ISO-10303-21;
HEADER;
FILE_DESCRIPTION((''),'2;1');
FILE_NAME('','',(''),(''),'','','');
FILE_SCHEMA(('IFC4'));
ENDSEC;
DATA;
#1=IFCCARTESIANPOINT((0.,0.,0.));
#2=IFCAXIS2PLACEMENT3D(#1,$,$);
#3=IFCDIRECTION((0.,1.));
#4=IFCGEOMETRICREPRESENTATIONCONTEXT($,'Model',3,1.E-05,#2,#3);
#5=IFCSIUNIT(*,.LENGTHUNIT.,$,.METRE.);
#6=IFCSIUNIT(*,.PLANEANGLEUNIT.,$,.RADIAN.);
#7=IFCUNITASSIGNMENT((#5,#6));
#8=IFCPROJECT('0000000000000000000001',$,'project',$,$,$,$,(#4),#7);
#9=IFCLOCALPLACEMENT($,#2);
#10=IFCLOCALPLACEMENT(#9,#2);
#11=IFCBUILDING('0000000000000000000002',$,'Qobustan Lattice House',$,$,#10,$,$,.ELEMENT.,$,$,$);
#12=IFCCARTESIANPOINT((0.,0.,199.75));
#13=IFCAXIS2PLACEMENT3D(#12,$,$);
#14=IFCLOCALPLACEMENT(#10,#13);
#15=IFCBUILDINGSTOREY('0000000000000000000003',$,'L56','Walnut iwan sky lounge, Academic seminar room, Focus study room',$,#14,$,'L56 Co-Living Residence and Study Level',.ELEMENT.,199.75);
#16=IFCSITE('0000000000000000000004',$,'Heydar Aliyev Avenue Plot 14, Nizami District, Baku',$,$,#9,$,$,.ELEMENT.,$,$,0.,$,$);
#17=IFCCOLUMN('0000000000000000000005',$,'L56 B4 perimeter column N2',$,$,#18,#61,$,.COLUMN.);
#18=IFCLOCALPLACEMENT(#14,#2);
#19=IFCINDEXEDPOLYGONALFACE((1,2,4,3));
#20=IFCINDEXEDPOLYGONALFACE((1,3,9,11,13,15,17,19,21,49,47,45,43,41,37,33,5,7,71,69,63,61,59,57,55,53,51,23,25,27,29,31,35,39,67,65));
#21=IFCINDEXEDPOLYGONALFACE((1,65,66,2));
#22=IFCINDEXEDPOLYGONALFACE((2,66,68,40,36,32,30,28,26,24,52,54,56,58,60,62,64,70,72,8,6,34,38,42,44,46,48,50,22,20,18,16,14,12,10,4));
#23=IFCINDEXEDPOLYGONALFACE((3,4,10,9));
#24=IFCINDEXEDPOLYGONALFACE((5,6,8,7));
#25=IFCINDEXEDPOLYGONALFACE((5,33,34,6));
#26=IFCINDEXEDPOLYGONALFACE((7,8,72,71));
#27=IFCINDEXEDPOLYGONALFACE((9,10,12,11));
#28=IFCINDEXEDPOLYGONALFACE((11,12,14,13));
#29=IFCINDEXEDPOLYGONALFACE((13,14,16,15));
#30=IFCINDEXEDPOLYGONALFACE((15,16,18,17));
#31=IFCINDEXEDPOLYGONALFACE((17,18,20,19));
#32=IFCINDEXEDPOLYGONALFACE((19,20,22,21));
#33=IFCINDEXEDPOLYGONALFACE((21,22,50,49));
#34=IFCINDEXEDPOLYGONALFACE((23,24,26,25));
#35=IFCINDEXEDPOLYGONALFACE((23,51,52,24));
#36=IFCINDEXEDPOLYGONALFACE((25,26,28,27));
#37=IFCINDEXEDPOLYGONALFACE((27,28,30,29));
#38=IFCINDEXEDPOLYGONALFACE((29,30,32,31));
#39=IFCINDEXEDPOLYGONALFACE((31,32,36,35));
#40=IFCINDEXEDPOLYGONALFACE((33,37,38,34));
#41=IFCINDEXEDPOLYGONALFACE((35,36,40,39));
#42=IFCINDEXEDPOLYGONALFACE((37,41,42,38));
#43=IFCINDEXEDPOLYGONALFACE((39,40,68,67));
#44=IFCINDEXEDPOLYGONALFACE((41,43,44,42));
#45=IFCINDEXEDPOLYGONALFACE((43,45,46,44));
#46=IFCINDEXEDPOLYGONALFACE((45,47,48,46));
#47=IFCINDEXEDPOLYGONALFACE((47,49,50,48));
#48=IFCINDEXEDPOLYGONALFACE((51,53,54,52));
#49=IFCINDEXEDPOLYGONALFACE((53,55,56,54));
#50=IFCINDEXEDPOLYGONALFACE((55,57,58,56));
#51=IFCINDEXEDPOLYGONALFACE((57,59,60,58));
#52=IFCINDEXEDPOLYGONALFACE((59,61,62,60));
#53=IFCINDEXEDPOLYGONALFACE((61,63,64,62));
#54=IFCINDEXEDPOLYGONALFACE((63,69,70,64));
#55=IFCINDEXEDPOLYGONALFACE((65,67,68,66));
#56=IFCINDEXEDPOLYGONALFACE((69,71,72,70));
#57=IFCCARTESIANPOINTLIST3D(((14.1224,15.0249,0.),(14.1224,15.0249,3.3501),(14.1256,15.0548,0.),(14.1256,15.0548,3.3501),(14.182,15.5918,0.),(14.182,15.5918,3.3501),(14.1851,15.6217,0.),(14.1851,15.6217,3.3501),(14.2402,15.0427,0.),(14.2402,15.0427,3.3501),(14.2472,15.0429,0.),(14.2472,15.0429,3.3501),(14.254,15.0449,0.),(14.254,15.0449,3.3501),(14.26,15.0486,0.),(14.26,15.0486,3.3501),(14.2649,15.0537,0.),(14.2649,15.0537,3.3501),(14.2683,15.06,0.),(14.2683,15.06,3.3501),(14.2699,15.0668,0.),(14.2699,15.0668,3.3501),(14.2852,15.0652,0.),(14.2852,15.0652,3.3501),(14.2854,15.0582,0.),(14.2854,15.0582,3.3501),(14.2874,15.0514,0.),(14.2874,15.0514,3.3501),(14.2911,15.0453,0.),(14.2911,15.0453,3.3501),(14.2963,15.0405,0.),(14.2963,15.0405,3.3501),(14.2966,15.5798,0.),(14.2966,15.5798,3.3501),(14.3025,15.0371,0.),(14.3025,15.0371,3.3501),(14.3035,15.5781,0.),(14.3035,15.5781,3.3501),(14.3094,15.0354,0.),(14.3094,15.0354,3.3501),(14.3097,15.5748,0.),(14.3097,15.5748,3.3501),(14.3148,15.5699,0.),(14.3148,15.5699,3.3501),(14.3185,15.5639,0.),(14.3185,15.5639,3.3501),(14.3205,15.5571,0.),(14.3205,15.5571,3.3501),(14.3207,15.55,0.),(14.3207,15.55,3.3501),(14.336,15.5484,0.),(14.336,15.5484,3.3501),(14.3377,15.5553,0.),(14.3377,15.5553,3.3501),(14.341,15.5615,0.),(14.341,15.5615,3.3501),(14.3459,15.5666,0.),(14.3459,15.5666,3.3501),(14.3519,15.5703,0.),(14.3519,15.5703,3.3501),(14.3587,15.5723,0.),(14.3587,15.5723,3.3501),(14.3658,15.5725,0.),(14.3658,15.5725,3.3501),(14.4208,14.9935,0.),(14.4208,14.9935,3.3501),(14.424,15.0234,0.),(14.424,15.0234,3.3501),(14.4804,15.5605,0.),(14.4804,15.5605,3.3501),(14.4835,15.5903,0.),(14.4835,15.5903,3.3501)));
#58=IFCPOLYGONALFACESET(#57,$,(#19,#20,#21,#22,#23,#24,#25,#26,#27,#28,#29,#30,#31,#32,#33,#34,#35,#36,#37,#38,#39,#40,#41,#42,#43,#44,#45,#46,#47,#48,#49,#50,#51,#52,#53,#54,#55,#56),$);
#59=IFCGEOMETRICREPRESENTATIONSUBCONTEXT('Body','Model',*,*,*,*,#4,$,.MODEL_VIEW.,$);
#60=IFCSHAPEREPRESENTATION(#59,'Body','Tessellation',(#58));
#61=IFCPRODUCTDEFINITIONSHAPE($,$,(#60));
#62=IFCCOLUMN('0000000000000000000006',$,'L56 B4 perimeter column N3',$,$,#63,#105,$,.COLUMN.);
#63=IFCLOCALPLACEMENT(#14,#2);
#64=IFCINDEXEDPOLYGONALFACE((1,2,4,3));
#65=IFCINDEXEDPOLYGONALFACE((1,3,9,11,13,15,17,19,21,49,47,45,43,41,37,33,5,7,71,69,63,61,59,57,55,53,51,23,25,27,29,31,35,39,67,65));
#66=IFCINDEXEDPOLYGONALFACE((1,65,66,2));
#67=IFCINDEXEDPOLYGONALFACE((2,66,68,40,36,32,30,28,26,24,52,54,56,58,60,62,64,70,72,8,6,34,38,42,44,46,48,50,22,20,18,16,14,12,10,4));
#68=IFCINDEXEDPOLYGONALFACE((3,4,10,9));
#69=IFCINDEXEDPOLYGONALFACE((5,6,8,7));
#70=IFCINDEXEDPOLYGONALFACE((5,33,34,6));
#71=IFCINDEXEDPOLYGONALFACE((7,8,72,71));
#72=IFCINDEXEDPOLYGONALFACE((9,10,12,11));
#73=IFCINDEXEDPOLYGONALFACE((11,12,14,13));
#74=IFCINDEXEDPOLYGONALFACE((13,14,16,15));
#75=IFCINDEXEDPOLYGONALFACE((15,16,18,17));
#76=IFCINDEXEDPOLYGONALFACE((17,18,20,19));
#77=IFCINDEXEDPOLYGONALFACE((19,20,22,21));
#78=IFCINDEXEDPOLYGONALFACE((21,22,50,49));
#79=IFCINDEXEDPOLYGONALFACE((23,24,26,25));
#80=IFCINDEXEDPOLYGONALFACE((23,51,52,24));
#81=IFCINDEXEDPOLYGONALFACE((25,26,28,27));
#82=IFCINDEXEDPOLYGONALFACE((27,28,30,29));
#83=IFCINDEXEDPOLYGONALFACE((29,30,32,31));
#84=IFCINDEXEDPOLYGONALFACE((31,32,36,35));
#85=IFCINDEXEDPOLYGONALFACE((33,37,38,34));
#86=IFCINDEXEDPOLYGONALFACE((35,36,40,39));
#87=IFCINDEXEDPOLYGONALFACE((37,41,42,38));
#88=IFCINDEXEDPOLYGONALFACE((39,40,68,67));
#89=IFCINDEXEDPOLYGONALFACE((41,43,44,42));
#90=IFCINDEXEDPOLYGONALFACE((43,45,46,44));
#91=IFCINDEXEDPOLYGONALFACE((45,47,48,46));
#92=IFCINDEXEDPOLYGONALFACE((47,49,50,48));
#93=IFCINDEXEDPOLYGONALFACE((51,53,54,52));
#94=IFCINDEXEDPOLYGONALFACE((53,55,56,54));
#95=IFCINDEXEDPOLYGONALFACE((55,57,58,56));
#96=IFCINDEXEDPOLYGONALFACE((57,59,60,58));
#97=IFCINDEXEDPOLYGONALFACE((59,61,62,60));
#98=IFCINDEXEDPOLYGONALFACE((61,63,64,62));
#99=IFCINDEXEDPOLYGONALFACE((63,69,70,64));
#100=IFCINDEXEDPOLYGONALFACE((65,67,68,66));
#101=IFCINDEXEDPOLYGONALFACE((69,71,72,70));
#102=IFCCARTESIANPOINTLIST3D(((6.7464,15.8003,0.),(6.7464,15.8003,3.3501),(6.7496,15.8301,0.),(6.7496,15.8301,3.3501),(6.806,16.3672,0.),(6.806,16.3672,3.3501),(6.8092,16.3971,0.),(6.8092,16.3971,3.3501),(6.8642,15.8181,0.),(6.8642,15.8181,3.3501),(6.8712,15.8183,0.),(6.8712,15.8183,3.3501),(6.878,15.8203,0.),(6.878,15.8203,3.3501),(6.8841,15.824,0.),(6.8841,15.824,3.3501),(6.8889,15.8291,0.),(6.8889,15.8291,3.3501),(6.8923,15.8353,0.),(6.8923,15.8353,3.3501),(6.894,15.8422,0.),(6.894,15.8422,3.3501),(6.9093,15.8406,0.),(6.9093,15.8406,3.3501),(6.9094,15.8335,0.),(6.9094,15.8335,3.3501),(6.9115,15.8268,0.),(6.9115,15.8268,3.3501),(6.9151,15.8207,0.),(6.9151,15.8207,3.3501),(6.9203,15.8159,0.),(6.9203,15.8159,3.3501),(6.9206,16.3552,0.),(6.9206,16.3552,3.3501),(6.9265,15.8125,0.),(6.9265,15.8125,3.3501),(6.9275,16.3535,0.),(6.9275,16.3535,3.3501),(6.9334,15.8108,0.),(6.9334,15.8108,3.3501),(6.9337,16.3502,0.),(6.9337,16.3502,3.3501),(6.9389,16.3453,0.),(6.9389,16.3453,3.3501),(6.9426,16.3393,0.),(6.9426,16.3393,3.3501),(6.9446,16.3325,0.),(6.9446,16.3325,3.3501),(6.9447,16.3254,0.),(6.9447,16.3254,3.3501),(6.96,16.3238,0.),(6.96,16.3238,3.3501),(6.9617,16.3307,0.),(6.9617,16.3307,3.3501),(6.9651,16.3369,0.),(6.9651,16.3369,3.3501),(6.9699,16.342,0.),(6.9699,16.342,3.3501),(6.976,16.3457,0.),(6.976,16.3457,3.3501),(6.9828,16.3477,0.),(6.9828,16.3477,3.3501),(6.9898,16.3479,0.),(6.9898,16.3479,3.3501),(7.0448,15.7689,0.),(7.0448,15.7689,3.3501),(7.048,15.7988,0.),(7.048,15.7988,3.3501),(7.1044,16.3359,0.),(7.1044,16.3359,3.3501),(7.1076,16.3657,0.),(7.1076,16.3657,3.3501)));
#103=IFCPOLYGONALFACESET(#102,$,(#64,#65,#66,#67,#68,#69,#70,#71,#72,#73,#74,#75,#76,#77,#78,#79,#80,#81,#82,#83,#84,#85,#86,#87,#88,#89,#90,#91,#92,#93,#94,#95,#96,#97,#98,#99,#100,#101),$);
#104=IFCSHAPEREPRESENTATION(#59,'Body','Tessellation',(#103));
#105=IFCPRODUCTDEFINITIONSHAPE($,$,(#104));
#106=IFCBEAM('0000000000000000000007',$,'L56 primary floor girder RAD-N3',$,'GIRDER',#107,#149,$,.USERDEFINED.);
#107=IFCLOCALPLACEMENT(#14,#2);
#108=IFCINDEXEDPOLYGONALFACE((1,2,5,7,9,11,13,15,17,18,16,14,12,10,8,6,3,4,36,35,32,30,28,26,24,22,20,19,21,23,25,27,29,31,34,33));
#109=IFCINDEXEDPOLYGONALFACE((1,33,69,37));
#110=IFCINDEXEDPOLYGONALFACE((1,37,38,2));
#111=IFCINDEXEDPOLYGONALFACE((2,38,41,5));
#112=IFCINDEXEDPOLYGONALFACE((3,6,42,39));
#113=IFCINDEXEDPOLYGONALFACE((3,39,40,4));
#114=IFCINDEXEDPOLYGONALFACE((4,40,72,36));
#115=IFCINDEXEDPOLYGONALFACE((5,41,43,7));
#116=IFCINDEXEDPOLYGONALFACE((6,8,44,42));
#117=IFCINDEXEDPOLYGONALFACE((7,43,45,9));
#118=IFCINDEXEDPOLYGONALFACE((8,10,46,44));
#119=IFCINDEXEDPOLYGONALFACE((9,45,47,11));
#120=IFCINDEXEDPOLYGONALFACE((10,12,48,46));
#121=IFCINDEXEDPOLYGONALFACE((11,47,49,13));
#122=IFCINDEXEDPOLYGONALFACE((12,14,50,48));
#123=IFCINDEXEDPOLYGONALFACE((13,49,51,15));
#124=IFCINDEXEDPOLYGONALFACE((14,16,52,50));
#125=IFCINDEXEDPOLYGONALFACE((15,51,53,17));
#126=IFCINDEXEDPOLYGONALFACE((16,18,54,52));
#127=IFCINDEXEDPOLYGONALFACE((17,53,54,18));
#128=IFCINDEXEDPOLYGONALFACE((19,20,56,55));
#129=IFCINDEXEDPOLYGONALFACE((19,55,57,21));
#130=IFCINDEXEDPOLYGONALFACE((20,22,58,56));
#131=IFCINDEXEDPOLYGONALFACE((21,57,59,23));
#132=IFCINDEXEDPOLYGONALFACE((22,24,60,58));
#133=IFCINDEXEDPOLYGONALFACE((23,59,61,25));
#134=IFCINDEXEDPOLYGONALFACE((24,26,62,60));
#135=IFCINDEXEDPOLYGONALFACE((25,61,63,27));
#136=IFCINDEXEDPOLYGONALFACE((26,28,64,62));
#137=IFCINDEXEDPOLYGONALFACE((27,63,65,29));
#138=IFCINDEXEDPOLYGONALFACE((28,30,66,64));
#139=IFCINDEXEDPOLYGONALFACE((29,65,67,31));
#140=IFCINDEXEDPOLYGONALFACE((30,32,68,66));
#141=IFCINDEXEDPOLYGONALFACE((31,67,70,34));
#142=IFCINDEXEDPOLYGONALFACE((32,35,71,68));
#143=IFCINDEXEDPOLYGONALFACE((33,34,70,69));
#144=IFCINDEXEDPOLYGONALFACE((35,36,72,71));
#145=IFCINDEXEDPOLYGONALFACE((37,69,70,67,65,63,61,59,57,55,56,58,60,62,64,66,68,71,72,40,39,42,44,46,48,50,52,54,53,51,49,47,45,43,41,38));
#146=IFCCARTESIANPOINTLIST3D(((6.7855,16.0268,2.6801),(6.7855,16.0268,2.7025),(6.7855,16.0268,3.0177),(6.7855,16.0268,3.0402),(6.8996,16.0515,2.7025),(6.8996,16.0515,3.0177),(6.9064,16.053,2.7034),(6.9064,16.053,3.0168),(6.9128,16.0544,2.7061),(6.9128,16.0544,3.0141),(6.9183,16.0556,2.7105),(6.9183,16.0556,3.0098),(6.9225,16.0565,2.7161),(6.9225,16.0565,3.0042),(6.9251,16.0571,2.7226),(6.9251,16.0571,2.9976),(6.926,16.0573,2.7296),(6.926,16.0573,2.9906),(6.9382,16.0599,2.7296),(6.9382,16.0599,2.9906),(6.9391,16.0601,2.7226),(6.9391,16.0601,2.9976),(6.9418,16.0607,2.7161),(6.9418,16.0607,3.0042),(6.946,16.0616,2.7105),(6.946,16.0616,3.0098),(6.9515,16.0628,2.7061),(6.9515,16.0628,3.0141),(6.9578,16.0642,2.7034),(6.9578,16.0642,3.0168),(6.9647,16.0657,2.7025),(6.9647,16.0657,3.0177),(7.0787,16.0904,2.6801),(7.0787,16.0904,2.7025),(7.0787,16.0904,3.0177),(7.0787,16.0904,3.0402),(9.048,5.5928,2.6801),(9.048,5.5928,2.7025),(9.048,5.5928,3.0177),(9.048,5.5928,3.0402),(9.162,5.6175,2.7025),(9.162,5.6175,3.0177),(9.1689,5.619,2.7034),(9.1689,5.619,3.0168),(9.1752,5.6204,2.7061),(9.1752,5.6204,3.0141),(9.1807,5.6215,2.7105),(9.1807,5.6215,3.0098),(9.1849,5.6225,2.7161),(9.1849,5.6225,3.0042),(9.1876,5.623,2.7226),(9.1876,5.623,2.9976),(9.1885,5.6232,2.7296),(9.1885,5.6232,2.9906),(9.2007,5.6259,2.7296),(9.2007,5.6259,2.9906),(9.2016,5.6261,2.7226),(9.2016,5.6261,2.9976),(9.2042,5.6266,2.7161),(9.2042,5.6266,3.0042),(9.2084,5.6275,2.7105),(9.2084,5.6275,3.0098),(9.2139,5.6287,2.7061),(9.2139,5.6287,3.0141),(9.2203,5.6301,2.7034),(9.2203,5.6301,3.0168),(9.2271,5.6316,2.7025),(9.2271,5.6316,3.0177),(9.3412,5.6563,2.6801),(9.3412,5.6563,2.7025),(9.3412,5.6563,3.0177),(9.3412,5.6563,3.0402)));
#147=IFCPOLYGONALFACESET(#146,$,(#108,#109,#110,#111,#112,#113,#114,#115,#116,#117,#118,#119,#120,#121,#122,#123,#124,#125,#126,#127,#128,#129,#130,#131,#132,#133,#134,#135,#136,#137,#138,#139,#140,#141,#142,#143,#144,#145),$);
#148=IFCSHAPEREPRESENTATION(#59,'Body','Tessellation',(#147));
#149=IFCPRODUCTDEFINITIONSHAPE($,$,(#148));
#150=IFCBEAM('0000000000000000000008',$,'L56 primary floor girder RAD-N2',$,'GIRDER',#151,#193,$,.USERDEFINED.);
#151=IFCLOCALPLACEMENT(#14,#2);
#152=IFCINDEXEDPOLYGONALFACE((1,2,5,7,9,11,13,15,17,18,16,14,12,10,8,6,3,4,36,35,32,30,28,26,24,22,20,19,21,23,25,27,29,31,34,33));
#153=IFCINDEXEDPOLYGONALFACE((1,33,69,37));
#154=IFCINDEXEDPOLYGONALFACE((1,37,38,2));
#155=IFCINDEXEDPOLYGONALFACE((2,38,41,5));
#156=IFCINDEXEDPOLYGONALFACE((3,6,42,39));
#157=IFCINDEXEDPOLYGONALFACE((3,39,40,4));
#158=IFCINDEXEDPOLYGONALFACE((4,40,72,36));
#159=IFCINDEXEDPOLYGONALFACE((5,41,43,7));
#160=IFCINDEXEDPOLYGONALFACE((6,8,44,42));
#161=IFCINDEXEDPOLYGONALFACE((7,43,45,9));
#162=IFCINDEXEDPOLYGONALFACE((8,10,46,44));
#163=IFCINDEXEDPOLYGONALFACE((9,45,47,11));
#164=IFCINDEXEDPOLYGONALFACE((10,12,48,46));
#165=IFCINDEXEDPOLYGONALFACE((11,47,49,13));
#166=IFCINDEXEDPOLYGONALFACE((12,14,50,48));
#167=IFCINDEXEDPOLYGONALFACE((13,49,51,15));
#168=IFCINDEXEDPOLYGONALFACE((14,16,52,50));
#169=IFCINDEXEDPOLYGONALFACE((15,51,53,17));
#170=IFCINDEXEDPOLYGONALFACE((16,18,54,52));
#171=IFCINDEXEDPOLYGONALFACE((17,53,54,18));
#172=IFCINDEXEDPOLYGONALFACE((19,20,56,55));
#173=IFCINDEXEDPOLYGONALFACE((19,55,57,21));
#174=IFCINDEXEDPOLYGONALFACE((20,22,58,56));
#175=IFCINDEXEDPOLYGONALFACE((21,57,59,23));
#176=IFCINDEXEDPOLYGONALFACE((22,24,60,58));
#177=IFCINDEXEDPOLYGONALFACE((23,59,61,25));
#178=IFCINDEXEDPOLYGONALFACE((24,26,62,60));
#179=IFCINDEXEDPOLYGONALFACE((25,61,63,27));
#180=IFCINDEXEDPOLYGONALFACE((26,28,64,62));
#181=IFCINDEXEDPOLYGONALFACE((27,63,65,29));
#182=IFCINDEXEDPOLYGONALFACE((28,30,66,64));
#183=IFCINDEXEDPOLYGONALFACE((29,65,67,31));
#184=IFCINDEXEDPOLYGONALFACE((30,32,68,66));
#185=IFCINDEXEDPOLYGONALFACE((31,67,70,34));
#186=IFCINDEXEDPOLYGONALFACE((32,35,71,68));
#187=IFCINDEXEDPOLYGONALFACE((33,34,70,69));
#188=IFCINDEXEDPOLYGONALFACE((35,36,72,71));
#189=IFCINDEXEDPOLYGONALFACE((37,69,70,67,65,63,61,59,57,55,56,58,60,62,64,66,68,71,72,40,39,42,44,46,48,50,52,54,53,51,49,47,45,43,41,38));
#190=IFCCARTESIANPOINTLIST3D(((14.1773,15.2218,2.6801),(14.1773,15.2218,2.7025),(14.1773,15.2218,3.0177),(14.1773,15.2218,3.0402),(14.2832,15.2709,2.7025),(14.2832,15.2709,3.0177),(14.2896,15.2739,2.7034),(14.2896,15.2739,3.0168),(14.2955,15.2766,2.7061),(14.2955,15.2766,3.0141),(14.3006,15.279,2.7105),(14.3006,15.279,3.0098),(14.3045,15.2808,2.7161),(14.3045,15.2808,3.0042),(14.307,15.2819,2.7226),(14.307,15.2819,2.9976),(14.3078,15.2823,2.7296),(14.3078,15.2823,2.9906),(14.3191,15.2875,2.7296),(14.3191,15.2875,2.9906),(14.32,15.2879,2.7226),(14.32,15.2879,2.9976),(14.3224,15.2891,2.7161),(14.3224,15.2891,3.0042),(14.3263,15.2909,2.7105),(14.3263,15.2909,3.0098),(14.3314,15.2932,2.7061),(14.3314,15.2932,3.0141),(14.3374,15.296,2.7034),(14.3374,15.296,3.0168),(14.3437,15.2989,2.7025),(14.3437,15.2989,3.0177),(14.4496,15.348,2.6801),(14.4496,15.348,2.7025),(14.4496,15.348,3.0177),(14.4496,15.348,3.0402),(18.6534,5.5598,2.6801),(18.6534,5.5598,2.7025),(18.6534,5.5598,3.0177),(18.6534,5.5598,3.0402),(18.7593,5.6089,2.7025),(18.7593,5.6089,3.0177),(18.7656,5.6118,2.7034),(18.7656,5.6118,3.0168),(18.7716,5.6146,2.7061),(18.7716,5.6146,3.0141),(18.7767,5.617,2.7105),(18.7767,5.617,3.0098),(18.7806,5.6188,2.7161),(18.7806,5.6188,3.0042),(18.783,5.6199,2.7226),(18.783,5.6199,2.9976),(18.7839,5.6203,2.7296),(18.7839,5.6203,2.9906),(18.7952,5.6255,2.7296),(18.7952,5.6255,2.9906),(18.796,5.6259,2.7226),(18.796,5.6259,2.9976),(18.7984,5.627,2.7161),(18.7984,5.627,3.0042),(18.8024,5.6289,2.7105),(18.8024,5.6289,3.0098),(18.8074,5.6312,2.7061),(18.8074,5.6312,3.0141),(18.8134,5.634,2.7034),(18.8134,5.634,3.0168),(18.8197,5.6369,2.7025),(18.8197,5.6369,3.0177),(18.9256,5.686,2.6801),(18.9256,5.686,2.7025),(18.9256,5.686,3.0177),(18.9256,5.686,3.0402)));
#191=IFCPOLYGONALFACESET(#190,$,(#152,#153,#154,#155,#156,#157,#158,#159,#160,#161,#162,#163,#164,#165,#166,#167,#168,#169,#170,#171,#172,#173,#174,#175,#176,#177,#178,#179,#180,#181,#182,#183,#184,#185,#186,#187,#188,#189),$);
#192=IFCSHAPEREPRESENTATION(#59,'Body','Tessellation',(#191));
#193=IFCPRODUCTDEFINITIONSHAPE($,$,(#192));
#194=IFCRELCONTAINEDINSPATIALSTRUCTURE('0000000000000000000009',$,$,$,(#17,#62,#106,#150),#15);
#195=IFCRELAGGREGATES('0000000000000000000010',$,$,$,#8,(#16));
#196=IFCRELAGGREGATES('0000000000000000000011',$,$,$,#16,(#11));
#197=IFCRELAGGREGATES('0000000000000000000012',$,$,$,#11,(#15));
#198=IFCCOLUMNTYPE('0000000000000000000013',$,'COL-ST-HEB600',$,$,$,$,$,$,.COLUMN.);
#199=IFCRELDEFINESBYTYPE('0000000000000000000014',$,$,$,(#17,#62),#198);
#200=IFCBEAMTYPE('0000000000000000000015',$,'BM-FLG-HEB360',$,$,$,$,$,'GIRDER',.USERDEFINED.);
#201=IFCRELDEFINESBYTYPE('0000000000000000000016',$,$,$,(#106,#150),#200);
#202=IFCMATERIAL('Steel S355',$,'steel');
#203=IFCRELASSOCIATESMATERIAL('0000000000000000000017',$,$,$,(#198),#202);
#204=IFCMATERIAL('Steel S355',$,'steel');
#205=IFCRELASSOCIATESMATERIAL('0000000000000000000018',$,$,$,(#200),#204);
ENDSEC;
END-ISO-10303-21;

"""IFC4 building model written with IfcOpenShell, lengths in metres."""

from ifc_helpers import new_model, si_unit, direction, frame, origin, origin_2d, place, context, subcontext, project, spatial, i_section, extrude, material, material_profile, profile_set, type_object, element, save


model = new_model("IFC4")

# Units and contexts
model_context = context("Model", 3, precision=1e-05, world=origin(), true_north=direction((0.0, 1.0)))
body_context = subcontext(model_context, "Body", "Model", "MODEL_VIEW")
ifc_project = project(units=[si_unit("LENGTHUNIT", "METRE"), si_unit("PLANEANGLEUNIT", "RADIAN")], contexts=[model_context])

# Site, building, storey
site_placement = place(None, origin())
site = spatial("IfcSite", under=ifc_project, at=site_placement, Name="Heydar Aliyev Avenue Plot 14, Nizami District, Baku", CompositionType="ELEMENT", RefElevation=0.0)
building_placement = place(site_placement, origin())
building = spatial("IfcBuilding", under=site, at=building_placement, Name="Qobustan Lattice House", CompositionType="ELEMENT")
storey_placement = place(building_placement, frame((0.0, 0.0, 199.75)))
storey = spatial("IfcBuildingStorey", under=building, at=storey_placement, Name="L56", Description="Walnut iwan sky lounge, Academic seminar room, Focus study room", LongName="L56 Co-Living Residence and Study Level", CompositionType="ELEMENT", Elevation=199.75)

# Columns
ifc_material_1 = material(Name="Steel S355", Category="steel")
ifc_material_profile_1 = material_profile(ifc_material_1, i_section(OverallWidth=0.3, OverallDepth=0.6001, WebThickness=0.0154, FlangeThickness=0.03, FilletRadius=0.0271, at=origin_2d()), Name="HEB600")
ifc_profile_set_1 = profile_set([ifc_material_profile_1], Name="Steel S355")
column_type = type_object("IfcColumnType", Name="COL-ST-HEB600", PredefinedType="COLUMN", material=ifc_profile_set_1)
for number, where, z_axis, x_axis, name in (
    (1, (14.303, 15.3076, 0.0), (0.0, 0.0, 1.0), (0.994522, -0.104528, 0.0), "L56 B4 perimeter column N2"),
    (2, (6.927, 16.083, 0.0), (0.0, 0.0, 1.0), (0.994522, -0.104528, 0.0), "L56 B4 perimeter column N3"),
):
    element("IfcColumn", number, at=place(storey_placement, frame(where, z_axis=z_axis, x_axis=x_axis)), inside=storey, type_object=column_type, Name=name, PredefinedType="COLUMN", context=body_context, shape_type="SweptSolid", body=[
        extrude(i_section(OverallWidth=0.3, OverallDepth=0.6001, WebThickness=0.0154, FlangeThickness=0.03, FilletRadius=0.0271, at=origin_2d()), origin(), (0.0, 0.0, 1.0), 3.3501),
    ])

# Beams
ifc_material_2 = material(Name="Steel S355", Category="steel")
ifc_material_profile_2 = material_profile(ifc_material_2, i_section(OverallWidth=0.3, OverallDepth=0.3601, WebThickness=0.0125, FlangeThickness=0.0225, FilletRadius=0.0271, at=origin_2d()), Name="HEB360")
ifc_profile_set_2 = profile_set([ifc_material_profile_2], Name="Steel S355")
beam_type_1 = type_object("IfcBeamType", Name="BM-FLG-HEB360", ElementType="GIRDER", PredefinedType="USERDEFINED", material=ifc_profile_set_2)
beam_1_placement = place(storey_placement, frame((6.9321, 16.0586, 2.8601), z_axis=(0.211908, -0.97729, 0.0), x_axis=(0.97729, 0.211908, 0.0)))
element("IfcBeam", 3, at=beam_1_placement, inside=storey, type_object=beam_type_1, Name="L56 primary floor girder RAD-N3", ObjectType="GIRDER", PredefinedType="USERDEFINED", context=body_context, shape_type="SweptSolid", body=[
    extrude(i_section(OverallWidth=0.3, OverallDepth=0.3601, WebThickness=0.0125, FlangeThickness=0.0225, FilletRadius=0.0271, at=origin_2d()), origin(), (0.0, 0.0, 1.0), 10.6765),
])
beam_2_placement = place(storey_placement, frame((14.3135, 15.2849, 2.8601), z_axis=(0.420346, -0.907364, 0.0), x_axis=(0.907364, 0.420346, 0.0)))
element("IfcBeam", 4, at=beam_2_placement, inside=storey, type_object=beam_type_1, Name="L56 primary floor girder RAD-N2", ObjectType="GIRDER", PredefinedType="USERDEFINED", context=body_context, shape_type="SweptSolid", body=[
    extrude(i_section(OverallWidth=0.3, OverallDepth=0.3601, WebThickness=0.0125, FlangeThickness=0.0225, FilletRadius=0.0271, at=origin_2d()), origin(), (0.0, 0.0, 1.0), 10.6484),
])

save(model, "model.ifc")
